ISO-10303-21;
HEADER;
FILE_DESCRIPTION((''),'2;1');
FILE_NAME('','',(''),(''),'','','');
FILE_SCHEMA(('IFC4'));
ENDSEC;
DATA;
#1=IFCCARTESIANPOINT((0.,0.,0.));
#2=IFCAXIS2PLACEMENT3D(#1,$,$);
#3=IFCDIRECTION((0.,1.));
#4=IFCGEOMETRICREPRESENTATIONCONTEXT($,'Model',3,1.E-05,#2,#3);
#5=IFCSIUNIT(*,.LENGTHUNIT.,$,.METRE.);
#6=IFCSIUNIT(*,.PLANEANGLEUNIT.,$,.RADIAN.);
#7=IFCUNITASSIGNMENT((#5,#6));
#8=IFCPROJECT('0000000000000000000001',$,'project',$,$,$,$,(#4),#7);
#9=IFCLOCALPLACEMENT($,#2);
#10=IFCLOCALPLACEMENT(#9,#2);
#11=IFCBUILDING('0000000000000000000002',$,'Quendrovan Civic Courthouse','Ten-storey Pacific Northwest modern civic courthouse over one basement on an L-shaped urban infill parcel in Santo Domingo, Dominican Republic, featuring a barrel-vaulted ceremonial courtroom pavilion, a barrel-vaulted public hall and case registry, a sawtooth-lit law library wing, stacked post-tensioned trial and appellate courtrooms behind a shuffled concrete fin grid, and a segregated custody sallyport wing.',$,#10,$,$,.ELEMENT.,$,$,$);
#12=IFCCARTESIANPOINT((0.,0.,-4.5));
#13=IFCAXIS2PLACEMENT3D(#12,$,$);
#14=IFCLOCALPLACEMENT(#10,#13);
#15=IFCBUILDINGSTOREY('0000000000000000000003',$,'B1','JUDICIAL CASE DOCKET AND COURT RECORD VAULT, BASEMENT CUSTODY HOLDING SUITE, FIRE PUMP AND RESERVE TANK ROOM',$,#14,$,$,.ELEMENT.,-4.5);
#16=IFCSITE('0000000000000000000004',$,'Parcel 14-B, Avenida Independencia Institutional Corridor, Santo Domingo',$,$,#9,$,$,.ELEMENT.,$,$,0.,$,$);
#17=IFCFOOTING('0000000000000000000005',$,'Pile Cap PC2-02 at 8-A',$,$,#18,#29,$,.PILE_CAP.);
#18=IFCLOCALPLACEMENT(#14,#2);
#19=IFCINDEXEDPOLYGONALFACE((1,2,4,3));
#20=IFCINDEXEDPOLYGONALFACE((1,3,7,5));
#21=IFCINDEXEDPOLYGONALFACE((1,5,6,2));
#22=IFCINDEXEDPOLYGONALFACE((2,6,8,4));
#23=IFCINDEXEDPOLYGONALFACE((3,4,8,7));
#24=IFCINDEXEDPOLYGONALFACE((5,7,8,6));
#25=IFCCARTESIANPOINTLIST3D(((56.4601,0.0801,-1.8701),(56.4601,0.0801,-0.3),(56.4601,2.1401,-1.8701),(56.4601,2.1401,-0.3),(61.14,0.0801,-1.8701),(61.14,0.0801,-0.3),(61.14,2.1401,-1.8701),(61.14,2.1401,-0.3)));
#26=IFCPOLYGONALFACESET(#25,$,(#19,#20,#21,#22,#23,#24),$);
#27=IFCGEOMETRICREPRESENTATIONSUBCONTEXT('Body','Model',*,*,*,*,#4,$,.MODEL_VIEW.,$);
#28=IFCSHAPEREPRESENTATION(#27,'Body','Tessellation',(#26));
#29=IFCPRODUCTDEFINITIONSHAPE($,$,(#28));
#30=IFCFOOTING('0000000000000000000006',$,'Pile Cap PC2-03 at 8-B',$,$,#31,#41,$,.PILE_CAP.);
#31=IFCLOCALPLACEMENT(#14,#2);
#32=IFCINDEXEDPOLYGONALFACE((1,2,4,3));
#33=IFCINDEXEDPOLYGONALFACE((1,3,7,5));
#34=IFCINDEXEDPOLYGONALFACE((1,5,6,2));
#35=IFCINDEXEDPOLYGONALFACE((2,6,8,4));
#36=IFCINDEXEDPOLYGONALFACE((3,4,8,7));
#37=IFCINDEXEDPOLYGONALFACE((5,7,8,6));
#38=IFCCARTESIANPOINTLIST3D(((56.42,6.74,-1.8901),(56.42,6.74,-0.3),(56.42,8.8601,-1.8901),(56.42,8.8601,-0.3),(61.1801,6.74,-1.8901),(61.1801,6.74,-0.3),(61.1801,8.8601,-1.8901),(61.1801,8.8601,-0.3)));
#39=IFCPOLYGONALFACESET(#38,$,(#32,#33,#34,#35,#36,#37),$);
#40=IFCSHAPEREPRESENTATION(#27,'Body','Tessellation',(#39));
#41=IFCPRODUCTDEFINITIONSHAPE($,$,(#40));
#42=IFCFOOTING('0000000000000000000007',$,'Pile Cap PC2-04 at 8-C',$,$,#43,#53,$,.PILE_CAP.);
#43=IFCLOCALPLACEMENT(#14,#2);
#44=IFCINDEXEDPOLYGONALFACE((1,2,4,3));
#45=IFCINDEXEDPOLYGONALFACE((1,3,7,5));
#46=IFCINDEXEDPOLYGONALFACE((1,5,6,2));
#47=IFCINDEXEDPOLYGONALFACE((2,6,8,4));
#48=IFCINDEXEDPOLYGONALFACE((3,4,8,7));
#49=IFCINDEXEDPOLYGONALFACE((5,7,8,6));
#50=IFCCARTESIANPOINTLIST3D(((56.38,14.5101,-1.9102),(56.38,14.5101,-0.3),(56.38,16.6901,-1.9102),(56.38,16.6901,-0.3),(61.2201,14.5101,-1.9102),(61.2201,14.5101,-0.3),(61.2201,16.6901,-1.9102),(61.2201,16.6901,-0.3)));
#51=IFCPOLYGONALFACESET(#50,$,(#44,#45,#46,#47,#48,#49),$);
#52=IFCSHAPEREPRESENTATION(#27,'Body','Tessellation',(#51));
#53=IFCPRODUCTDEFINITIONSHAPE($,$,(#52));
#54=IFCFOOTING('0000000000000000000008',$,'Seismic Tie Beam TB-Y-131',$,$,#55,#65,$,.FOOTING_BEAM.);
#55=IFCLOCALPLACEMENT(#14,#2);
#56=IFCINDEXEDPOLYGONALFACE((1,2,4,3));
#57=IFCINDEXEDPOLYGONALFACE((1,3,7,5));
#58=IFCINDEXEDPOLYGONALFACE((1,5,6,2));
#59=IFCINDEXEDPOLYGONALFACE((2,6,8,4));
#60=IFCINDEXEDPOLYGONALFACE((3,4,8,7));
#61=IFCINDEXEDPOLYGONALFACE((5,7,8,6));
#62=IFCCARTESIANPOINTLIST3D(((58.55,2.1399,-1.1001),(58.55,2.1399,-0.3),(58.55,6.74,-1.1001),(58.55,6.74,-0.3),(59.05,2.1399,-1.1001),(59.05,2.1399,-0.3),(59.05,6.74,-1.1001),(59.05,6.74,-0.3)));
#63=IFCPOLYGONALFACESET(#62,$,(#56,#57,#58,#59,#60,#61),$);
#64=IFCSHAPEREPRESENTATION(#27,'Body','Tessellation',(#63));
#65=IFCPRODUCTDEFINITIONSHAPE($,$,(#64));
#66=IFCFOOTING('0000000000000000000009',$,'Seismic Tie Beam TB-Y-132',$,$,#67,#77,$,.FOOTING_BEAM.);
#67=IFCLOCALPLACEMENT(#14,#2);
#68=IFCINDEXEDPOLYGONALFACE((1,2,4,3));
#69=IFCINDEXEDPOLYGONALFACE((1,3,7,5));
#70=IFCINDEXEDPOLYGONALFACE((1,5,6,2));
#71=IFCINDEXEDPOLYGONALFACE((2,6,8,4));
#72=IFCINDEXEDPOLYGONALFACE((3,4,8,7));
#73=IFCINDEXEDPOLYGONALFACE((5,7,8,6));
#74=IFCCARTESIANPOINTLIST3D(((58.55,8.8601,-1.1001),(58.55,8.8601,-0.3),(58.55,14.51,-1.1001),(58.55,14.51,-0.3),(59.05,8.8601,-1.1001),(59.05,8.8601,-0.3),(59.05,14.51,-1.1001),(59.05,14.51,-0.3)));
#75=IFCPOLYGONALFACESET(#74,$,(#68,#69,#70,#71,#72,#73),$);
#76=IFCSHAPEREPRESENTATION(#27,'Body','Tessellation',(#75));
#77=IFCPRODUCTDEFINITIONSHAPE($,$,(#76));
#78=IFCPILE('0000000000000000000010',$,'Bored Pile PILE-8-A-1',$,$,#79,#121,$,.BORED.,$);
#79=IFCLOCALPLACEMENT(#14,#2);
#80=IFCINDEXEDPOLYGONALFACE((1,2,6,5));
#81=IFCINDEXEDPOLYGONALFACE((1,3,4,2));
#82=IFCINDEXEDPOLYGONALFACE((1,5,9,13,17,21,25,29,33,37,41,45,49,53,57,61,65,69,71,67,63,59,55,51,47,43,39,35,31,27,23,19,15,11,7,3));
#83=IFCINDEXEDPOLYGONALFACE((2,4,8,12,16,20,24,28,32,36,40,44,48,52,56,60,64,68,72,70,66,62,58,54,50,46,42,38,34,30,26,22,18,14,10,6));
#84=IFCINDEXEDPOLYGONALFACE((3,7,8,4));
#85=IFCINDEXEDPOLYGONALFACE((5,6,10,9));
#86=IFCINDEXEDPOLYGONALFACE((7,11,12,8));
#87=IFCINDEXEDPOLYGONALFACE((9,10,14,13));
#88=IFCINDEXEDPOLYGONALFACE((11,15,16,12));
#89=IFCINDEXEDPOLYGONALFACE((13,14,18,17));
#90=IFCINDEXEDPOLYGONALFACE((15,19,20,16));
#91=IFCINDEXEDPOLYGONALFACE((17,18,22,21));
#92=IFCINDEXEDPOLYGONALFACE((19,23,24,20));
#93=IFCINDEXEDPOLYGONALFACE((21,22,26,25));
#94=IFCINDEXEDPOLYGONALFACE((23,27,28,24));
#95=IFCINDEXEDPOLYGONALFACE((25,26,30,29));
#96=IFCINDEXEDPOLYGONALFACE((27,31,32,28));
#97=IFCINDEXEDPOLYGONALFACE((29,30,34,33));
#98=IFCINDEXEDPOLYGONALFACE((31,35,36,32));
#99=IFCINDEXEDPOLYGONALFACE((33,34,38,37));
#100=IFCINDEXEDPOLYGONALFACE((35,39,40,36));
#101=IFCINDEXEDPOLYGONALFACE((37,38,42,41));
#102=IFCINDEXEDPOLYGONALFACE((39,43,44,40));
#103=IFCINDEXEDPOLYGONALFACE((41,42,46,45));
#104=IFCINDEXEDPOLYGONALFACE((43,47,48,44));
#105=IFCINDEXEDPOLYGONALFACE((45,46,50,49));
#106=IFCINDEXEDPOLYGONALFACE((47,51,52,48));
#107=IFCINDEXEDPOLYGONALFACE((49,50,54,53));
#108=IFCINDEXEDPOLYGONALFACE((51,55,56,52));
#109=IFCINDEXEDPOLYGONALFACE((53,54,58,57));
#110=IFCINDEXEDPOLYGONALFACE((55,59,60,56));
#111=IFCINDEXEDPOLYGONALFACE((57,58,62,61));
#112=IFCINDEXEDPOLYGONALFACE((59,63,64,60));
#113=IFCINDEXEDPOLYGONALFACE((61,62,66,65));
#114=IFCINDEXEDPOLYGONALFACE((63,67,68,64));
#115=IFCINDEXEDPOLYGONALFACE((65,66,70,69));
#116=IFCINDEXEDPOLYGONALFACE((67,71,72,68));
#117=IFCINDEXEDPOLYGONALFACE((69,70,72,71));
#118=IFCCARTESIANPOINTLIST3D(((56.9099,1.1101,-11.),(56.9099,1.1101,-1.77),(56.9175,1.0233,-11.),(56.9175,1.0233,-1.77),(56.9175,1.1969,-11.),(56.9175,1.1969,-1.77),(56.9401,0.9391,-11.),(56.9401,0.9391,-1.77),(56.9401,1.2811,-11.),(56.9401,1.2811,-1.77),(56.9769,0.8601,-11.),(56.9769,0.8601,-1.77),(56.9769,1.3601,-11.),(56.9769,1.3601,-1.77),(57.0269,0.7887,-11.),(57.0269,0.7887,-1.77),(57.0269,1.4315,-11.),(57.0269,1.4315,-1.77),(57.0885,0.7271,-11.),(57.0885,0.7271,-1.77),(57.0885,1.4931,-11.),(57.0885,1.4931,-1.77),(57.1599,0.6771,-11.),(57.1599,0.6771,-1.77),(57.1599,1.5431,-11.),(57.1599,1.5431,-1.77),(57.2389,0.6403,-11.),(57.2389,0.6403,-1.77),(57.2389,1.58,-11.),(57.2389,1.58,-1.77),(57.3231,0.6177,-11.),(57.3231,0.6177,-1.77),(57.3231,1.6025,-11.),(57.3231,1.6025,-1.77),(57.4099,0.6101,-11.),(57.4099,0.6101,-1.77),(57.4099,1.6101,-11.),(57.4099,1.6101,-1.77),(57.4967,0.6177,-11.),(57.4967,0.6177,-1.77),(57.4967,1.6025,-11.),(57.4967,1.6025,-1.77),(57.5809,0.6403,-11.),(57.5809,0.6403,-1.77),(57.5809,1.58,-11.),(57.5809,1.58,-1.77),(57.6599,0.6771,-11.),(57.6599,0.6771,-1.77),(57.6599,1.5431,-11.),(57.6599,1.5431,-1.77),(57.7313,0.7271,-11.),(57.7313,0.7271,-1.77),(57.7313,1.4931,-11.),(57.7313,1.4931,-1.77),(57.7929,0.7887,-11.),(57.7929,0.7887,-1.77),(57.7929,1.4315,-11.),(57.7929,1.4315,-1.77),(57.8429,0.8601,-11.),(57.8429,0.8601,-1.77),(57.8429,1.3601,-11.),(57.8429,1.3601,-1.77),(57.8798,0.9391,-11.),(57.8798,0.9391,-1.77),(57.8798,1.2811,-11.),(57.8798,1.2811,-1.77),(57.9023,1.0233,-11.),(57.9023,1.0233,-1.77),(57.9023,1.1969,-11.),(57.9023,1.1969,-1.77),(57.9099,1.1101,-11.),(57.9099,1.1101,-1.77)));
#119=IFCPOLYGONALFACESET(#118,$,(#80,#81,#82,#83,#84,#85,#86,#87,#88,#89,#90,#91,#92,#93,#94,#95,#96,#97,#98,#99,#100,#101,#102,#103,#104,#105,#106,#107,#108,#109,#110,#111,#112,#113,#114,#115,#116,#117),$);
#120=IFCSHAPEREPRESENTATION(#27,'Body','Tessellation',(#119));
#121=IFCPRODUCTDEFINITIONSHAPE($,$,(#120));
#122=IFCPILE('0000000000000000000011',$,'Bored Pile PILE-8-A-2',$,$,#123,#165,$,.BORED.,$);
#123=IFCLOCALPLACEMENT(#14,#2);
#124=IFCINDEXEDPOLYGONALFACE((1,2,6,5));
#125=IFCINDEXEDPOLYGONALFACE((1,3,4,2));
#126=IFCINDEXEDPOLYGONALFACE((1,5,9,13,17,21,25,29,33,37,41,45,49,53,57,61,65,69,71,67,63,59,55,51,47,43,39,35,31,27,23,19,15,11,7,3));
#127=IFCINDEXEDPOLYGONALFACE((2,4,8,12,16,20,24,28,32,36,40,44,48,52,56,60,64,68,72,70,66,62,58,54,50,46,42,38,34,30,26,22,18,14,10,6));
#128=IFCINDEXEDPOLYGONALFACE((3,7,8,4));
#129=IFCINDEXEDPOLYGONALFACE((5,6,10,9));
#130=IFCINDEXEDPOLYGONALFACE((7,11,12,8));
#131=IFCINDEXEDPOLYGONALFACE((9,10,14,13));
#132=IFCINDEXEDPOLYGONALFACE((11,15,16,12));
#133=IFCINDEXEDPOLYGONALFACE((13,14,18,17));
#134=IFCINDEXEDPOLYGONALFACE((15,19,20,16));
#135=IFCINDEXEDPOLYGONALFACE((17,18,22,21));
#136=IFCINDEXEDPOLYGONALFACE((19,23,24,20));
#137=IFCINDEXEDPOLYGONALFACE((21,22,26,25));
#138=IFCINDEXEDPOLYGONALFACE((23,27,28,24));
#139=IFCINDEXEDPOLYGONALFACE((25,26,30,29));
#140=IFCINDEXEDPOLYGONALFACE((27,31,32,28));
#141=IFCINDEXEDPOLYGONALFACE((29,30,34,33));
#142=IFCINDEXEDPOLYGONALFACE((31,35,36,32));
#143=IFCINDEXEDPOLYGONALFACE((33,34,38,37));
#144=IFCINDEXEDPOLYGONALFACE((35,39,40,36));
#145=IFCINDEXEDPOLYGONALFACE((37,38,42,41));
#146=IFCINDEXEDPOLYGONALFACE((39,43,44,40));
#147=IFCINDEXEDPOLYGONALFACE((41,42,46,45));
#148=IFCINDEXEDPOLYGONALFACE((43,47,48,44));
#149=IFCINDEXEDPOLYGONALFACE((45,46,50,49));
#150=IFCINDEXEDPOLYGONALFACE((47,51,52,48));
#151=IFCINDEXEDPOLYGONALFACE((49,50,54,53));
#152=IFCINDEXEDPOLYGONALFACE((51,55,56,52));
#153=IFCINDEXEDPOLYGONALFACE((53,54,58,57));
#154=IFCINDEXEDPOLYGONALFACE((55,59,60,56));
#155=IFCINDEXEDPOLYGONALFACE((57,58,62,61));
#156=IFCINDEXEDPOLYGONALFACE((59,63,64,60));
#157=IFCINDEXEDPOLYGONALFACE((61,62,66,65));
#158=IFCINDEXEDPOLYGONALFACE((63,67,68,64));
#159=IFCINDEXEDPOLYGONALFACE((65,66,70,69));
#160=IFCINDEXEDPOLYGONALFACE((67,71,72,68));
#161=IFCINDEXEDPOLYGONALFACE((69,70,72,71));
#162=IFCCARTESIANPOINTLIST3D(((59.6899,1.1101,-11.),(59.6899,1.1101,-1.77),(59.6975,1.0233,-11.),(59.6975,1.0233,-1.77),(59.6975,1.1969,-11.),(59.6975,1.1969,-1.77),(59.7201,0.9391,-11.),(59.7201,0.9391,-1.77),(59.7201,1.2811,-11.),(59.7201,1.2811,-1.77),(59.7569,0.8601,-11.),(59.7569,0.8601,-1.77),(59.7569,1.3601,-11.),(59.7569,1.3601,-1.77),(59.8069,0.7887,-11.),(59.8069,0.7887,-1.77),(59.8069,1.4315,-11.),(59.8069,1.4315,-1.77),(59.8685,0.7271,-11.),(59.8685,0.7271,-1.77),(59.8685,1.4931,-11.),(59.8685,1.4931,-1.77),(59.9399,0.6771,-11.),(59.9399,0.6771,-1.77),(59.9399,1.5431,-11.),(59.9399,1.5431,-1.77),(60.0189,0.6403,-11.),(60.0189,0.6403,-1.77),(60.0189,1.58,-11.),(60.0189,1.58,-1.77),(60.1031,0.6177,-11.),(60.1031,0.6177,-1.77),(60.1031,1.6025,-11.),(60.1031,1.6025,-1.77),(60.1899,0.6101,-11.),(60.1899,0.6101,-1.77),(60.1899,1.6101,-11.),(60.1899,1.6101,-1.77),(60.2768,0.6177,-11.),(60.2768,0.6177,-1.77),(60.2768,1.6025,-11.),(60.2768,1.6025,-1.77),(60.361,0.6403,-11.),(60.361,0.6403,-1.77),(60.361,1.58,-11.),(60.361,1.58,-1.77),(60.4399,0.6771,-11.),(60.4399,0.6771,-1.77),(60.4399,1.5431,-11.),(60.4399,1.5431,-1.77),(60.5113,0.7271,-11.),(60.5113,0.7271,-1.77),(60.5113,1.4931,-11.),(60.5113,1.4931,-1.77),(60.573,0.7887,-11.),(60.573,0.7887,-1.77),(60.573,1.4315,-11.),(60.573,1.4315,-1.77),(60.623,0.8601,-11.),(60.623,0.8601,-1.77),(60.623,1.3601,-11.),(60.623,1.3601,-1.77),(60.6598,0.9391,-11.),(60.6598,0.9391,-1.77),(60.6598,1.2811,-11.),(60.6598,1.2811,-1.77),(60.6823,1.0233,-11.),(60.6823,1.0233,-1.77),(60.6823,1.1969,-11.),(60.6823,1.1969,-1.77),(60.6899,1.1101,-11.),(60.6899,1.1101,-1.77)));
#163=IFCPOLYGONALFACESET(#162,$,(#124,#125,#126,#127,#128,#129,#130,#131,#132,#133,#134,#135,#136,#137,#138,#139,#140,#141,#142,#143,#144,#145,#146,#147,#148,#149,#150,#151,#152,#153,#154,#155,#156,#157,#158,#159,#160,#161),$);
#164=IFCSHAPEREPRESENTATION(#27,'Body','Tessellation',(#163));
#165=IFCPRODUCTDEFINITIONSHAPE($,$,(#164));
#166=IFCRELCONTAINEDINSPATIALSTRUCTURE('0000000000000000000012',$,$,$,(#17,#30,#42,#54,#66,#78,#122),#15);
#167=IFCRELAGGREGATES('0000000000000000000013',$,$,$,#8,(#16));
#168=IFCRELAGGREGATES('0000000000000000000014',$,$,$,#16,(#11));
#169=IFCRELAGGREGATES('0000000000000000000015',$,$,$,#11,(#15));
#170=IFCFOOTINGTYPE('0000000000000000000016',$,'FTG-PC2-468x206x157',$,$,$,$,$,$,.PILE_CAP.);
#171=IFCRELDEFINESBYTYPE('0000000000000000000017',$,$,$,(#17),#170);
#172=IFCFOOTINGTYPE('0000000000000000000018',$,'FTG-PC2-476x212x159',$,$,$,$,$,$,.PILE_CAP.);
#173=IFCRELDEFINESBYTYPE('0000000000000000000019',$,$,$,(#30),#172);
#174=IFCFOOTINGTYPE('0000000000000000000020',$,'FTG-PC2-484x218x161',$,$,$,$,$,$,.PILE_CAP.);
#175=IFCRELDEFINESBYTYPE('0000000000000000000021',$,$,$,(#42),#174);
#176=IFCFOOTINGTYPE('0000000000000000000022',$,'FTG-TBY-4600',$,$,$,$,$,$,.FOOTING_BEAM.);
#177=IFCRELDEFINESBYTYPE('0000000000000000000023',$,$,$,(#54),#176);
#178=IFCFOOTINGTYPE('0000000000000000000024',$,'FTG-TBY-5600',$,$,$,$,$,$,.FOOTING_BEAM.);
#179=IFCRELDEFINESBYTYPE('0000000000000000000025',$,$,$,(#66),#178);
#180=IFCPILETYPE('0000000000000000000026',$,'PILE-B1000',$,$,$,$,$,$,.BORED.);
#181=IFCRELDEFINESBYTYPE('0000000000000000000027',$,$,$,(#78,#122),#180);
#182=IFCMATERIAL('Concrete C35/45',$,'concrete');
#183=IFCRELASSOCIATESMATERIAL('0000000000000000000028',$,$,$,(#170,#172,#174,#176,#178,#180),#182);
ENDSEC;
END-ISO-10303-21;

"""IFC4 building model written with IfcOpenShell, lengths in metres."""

from ifc_helpers import new_model, si_unit, direction, frame, origin, origin_2d, place, context, subcontext, project, spatial, rectangle, circle, extrude, material, material_profile, profile_set, type_object, element, save


model = new_model("IFC4")

# Units and contexts
model_context = context("Model", 3, precision=1e-05, world=origin(), true_north=direction((0.0, 1.0)))
body_context = subcontext(model_context, "Body", "Model", "MODEL_VIEW")
ifc_project = project(units=[si_unit("LENGTHUNIT", "METRE"), si_unit("PLANEANGLEUNIT", "RADIAN")], contexts=[model_context])

# Site, building, storey
site_placement = place(None, origin())
site = spatial("IfcSite", under=ifc_project, at=site_placement, Name="Parcel 14-B, Avenida Independencia Institutional Corridor, Santo Domingo", CompositionType="ELEMENT", RefElevation=0.0)
building_placement = place(site_placement, origin())
building = spatial("IfcBuilding", under=site, at=building_placement, Name="Quendrovan Civic Courthouse", Description="Ten-storey Pacific Northwest modern civic courthouse over one basement on an L-shaped urban infill parcel in Santo Domingo, Dominican Republic, featuring a barrel-vaulted ceremonial courtroom pavilion, a barrel-vaulted public hall and case registry, a sawtooth-lit law library wing, stacked post-tensioned trial and appellate courtrooms behind a shuffled concrete fin grid, and a segregated custody sallyport wing.", CompositionType="ELEMENT")
storey_placement = place(building_placement, frame((0.0, 0.0, -4.5)))
storey = spatial("IfcBuildingStorey", under=building, at=storey_placement, Name="B1", Description="JUDICIAL CASE DOCKET AND COURT RECORD VAULT, BASEMENT CUSTODY HOLDING SUITE, FIRE PUMP AND RESERVE TANK ROOM", CompositionType="ELEMENT", Elevation=-4.5)

# Footings
ifc_material_1 = material(Name="Concrete C35/45", Category="concrete")
footing_type_1 = type_object("IfcFootingType", Name="FTG-PC2-468x206x157", PredefinedType="PILE_CAP", material=ifc_material_1)
footing_1_placement = place(storey_placement, frame((58.8, 1.1101, -1.8701), z_axis=(0.0, 0.0, 1.0), x_axis=(1.0, 0.0, 0.0)))
element("IfcFooting", 1, at=footing_1_placement, inside=storey, type_object=footing_type_1, Name="Pile Cap PC2-02 at 8-A", PredefinedType="PILE_CAP", context=body_context, shape_type="SweptSolid", body=[
    extrude(rectangle(XDim=4.6799, YDim=2.0601, at=origin_2d()), origin(), (0.0, 0.0, 1.0), 1.5701),
])
footing_type_2 = type_object("IfcFootingType", Name="FTG-PC2-476x212x159", PredefinedType="PILE_CAP", material=ifc_material_1)
footing_2_placement = place(storey_placement, frame((58.8, 7.8, -1.8901), z_axis=(0.0, 0.0, 1.0), x_axis=(1.0, 0.0, 0.0)))
element("IfcFooting", 2, at=footing_2_placement, inside=storey, type_object=footing_type_2, Name="Pile Cap PC2-03 at 8-B", PredefinedType="PILE_CAP", context=body_context, shape_type="SweptSolid", body=[
    extrude(rectangle(XDim=4.76, YDim=2.1201, at=origin_2d()), origin(), (0.0, 0.0, 1.0), 1.5901),
])
footing_type_3 = type_object("IfcFootingType", Name="FTG-PC2-484x218x161", PredefinedType="PILE_CAP", material=ifc_material_1)
footing_3_placement = place(storey_placement, frame((58.8, 15.6001, -1.9102), z_axis=(0.0, 0.0, 1.0), x_axis=(1.0, 0.0, 0.0)))
element("IfcFooting", 3, at=footing_3_placement, inside=storey, type_object=footing_type_3, Name="Pile Cap PC2-04 at 8-C", PredefinedType="PILE_CAP", context=body_context, shape_type="SweptSolid", body=[
    extrude(rectangle(XDim=4.8401, YDim=2.1799, at=origin_2d()), origin(), (0.0, 0.0, 1.0), 1.6101),
])
footing_type_4 = type_object("IfcFootingType", Name="FTG-TBY-4600", PredefinedType="FOOTING_BEAM", material=ifc_material_1)
footing_4_placement = place(storey_placement, frame((58.8, 4.4399, -1.1001), z_axis=(0.0, 0.0, 1.0), x_axis=(1.0, 0.0, 0.0)))
element("IfcFooting", 4, at=footing_4_placement, inside=storey, type_object=footing_type_4, Name="Seismic Tie Beam TB-Y-131", PredefinedType="FOOTING_BEAM", context=body_context, shape_type="SweptSolid", body=[
    extrude(rectangle(XDim=0.5, YDim=4.6001, at=origin_2d()), origin(), (0.0, 0.0, 1.0), 0.8),
])
footing_type_5 = type_object("IfcFootingType", Name="FTG-TBY-5600", PredefinedType="FOOTING_BEAM", material=ifc_material_1)
footing_5_placement = place(storey_placement, frame((58.8, 11.6851, -1.1001), z_axis=(0.0, 0.0, 1.0), x_axis=(1.0, 0.0, 0.0)))
element("IfcFooting", 5, at=footing_5_placement, inside=storey, type_object=footing_type_5, Name="Seismic Tie Beam TB-Y-132", PredefinedType="FOOTING_BEAM", context=body_context, shape_type="SweptSolid", body=[
    extrude(rectangle(XDim=0.5, YDim=5.6499, at=origin_2d()), origin(), (0.0, 0.0, 1.0), 0.8),
])

# Piles
ifc_material_profile_1 = material_profile(ifc_material_1, circle(Radius=0.5, at=origin_2d()), Name="PILE-D1000")
ifc_profile_set_1 = profile_set([ifc_material_profile_1], Name="Concrete C35/45")
pile_type = type_object("IfcPileType", Name="PILE-B1000", PredefinedType="BORED", material=ifc_profile_set_1)
for number, where, z_axis, x_axis, name in (
    (6, (57.4099, 1.1101, -1.77), (0.0, 0.0, -1.0), (1.0, 0.0, 0.0), "Bored Pile PILE-8-A-1"),
    (7, (60.1899, 1.1101, -1.77), (0.0, 0.0, -1.0), (1.0, 0.0, 0.0), "Bored Pile PILE-8-A-2"),
):
    element("IfcPile", number, at=place(storey_placement, frame(where, z_axis=z_axis, x_axis=x_axis)), inside=storey, type_object=pile_type, Name=name, PredefinedType="BORED", context=body_context, shape_type="SweptSolid", body=[
        extrude(circle(Radius=0.5, at=origin_2d()), origin(), (0.0, 0.0, 1.0), 9.23),
    ])

save(model, "model.ifc")
